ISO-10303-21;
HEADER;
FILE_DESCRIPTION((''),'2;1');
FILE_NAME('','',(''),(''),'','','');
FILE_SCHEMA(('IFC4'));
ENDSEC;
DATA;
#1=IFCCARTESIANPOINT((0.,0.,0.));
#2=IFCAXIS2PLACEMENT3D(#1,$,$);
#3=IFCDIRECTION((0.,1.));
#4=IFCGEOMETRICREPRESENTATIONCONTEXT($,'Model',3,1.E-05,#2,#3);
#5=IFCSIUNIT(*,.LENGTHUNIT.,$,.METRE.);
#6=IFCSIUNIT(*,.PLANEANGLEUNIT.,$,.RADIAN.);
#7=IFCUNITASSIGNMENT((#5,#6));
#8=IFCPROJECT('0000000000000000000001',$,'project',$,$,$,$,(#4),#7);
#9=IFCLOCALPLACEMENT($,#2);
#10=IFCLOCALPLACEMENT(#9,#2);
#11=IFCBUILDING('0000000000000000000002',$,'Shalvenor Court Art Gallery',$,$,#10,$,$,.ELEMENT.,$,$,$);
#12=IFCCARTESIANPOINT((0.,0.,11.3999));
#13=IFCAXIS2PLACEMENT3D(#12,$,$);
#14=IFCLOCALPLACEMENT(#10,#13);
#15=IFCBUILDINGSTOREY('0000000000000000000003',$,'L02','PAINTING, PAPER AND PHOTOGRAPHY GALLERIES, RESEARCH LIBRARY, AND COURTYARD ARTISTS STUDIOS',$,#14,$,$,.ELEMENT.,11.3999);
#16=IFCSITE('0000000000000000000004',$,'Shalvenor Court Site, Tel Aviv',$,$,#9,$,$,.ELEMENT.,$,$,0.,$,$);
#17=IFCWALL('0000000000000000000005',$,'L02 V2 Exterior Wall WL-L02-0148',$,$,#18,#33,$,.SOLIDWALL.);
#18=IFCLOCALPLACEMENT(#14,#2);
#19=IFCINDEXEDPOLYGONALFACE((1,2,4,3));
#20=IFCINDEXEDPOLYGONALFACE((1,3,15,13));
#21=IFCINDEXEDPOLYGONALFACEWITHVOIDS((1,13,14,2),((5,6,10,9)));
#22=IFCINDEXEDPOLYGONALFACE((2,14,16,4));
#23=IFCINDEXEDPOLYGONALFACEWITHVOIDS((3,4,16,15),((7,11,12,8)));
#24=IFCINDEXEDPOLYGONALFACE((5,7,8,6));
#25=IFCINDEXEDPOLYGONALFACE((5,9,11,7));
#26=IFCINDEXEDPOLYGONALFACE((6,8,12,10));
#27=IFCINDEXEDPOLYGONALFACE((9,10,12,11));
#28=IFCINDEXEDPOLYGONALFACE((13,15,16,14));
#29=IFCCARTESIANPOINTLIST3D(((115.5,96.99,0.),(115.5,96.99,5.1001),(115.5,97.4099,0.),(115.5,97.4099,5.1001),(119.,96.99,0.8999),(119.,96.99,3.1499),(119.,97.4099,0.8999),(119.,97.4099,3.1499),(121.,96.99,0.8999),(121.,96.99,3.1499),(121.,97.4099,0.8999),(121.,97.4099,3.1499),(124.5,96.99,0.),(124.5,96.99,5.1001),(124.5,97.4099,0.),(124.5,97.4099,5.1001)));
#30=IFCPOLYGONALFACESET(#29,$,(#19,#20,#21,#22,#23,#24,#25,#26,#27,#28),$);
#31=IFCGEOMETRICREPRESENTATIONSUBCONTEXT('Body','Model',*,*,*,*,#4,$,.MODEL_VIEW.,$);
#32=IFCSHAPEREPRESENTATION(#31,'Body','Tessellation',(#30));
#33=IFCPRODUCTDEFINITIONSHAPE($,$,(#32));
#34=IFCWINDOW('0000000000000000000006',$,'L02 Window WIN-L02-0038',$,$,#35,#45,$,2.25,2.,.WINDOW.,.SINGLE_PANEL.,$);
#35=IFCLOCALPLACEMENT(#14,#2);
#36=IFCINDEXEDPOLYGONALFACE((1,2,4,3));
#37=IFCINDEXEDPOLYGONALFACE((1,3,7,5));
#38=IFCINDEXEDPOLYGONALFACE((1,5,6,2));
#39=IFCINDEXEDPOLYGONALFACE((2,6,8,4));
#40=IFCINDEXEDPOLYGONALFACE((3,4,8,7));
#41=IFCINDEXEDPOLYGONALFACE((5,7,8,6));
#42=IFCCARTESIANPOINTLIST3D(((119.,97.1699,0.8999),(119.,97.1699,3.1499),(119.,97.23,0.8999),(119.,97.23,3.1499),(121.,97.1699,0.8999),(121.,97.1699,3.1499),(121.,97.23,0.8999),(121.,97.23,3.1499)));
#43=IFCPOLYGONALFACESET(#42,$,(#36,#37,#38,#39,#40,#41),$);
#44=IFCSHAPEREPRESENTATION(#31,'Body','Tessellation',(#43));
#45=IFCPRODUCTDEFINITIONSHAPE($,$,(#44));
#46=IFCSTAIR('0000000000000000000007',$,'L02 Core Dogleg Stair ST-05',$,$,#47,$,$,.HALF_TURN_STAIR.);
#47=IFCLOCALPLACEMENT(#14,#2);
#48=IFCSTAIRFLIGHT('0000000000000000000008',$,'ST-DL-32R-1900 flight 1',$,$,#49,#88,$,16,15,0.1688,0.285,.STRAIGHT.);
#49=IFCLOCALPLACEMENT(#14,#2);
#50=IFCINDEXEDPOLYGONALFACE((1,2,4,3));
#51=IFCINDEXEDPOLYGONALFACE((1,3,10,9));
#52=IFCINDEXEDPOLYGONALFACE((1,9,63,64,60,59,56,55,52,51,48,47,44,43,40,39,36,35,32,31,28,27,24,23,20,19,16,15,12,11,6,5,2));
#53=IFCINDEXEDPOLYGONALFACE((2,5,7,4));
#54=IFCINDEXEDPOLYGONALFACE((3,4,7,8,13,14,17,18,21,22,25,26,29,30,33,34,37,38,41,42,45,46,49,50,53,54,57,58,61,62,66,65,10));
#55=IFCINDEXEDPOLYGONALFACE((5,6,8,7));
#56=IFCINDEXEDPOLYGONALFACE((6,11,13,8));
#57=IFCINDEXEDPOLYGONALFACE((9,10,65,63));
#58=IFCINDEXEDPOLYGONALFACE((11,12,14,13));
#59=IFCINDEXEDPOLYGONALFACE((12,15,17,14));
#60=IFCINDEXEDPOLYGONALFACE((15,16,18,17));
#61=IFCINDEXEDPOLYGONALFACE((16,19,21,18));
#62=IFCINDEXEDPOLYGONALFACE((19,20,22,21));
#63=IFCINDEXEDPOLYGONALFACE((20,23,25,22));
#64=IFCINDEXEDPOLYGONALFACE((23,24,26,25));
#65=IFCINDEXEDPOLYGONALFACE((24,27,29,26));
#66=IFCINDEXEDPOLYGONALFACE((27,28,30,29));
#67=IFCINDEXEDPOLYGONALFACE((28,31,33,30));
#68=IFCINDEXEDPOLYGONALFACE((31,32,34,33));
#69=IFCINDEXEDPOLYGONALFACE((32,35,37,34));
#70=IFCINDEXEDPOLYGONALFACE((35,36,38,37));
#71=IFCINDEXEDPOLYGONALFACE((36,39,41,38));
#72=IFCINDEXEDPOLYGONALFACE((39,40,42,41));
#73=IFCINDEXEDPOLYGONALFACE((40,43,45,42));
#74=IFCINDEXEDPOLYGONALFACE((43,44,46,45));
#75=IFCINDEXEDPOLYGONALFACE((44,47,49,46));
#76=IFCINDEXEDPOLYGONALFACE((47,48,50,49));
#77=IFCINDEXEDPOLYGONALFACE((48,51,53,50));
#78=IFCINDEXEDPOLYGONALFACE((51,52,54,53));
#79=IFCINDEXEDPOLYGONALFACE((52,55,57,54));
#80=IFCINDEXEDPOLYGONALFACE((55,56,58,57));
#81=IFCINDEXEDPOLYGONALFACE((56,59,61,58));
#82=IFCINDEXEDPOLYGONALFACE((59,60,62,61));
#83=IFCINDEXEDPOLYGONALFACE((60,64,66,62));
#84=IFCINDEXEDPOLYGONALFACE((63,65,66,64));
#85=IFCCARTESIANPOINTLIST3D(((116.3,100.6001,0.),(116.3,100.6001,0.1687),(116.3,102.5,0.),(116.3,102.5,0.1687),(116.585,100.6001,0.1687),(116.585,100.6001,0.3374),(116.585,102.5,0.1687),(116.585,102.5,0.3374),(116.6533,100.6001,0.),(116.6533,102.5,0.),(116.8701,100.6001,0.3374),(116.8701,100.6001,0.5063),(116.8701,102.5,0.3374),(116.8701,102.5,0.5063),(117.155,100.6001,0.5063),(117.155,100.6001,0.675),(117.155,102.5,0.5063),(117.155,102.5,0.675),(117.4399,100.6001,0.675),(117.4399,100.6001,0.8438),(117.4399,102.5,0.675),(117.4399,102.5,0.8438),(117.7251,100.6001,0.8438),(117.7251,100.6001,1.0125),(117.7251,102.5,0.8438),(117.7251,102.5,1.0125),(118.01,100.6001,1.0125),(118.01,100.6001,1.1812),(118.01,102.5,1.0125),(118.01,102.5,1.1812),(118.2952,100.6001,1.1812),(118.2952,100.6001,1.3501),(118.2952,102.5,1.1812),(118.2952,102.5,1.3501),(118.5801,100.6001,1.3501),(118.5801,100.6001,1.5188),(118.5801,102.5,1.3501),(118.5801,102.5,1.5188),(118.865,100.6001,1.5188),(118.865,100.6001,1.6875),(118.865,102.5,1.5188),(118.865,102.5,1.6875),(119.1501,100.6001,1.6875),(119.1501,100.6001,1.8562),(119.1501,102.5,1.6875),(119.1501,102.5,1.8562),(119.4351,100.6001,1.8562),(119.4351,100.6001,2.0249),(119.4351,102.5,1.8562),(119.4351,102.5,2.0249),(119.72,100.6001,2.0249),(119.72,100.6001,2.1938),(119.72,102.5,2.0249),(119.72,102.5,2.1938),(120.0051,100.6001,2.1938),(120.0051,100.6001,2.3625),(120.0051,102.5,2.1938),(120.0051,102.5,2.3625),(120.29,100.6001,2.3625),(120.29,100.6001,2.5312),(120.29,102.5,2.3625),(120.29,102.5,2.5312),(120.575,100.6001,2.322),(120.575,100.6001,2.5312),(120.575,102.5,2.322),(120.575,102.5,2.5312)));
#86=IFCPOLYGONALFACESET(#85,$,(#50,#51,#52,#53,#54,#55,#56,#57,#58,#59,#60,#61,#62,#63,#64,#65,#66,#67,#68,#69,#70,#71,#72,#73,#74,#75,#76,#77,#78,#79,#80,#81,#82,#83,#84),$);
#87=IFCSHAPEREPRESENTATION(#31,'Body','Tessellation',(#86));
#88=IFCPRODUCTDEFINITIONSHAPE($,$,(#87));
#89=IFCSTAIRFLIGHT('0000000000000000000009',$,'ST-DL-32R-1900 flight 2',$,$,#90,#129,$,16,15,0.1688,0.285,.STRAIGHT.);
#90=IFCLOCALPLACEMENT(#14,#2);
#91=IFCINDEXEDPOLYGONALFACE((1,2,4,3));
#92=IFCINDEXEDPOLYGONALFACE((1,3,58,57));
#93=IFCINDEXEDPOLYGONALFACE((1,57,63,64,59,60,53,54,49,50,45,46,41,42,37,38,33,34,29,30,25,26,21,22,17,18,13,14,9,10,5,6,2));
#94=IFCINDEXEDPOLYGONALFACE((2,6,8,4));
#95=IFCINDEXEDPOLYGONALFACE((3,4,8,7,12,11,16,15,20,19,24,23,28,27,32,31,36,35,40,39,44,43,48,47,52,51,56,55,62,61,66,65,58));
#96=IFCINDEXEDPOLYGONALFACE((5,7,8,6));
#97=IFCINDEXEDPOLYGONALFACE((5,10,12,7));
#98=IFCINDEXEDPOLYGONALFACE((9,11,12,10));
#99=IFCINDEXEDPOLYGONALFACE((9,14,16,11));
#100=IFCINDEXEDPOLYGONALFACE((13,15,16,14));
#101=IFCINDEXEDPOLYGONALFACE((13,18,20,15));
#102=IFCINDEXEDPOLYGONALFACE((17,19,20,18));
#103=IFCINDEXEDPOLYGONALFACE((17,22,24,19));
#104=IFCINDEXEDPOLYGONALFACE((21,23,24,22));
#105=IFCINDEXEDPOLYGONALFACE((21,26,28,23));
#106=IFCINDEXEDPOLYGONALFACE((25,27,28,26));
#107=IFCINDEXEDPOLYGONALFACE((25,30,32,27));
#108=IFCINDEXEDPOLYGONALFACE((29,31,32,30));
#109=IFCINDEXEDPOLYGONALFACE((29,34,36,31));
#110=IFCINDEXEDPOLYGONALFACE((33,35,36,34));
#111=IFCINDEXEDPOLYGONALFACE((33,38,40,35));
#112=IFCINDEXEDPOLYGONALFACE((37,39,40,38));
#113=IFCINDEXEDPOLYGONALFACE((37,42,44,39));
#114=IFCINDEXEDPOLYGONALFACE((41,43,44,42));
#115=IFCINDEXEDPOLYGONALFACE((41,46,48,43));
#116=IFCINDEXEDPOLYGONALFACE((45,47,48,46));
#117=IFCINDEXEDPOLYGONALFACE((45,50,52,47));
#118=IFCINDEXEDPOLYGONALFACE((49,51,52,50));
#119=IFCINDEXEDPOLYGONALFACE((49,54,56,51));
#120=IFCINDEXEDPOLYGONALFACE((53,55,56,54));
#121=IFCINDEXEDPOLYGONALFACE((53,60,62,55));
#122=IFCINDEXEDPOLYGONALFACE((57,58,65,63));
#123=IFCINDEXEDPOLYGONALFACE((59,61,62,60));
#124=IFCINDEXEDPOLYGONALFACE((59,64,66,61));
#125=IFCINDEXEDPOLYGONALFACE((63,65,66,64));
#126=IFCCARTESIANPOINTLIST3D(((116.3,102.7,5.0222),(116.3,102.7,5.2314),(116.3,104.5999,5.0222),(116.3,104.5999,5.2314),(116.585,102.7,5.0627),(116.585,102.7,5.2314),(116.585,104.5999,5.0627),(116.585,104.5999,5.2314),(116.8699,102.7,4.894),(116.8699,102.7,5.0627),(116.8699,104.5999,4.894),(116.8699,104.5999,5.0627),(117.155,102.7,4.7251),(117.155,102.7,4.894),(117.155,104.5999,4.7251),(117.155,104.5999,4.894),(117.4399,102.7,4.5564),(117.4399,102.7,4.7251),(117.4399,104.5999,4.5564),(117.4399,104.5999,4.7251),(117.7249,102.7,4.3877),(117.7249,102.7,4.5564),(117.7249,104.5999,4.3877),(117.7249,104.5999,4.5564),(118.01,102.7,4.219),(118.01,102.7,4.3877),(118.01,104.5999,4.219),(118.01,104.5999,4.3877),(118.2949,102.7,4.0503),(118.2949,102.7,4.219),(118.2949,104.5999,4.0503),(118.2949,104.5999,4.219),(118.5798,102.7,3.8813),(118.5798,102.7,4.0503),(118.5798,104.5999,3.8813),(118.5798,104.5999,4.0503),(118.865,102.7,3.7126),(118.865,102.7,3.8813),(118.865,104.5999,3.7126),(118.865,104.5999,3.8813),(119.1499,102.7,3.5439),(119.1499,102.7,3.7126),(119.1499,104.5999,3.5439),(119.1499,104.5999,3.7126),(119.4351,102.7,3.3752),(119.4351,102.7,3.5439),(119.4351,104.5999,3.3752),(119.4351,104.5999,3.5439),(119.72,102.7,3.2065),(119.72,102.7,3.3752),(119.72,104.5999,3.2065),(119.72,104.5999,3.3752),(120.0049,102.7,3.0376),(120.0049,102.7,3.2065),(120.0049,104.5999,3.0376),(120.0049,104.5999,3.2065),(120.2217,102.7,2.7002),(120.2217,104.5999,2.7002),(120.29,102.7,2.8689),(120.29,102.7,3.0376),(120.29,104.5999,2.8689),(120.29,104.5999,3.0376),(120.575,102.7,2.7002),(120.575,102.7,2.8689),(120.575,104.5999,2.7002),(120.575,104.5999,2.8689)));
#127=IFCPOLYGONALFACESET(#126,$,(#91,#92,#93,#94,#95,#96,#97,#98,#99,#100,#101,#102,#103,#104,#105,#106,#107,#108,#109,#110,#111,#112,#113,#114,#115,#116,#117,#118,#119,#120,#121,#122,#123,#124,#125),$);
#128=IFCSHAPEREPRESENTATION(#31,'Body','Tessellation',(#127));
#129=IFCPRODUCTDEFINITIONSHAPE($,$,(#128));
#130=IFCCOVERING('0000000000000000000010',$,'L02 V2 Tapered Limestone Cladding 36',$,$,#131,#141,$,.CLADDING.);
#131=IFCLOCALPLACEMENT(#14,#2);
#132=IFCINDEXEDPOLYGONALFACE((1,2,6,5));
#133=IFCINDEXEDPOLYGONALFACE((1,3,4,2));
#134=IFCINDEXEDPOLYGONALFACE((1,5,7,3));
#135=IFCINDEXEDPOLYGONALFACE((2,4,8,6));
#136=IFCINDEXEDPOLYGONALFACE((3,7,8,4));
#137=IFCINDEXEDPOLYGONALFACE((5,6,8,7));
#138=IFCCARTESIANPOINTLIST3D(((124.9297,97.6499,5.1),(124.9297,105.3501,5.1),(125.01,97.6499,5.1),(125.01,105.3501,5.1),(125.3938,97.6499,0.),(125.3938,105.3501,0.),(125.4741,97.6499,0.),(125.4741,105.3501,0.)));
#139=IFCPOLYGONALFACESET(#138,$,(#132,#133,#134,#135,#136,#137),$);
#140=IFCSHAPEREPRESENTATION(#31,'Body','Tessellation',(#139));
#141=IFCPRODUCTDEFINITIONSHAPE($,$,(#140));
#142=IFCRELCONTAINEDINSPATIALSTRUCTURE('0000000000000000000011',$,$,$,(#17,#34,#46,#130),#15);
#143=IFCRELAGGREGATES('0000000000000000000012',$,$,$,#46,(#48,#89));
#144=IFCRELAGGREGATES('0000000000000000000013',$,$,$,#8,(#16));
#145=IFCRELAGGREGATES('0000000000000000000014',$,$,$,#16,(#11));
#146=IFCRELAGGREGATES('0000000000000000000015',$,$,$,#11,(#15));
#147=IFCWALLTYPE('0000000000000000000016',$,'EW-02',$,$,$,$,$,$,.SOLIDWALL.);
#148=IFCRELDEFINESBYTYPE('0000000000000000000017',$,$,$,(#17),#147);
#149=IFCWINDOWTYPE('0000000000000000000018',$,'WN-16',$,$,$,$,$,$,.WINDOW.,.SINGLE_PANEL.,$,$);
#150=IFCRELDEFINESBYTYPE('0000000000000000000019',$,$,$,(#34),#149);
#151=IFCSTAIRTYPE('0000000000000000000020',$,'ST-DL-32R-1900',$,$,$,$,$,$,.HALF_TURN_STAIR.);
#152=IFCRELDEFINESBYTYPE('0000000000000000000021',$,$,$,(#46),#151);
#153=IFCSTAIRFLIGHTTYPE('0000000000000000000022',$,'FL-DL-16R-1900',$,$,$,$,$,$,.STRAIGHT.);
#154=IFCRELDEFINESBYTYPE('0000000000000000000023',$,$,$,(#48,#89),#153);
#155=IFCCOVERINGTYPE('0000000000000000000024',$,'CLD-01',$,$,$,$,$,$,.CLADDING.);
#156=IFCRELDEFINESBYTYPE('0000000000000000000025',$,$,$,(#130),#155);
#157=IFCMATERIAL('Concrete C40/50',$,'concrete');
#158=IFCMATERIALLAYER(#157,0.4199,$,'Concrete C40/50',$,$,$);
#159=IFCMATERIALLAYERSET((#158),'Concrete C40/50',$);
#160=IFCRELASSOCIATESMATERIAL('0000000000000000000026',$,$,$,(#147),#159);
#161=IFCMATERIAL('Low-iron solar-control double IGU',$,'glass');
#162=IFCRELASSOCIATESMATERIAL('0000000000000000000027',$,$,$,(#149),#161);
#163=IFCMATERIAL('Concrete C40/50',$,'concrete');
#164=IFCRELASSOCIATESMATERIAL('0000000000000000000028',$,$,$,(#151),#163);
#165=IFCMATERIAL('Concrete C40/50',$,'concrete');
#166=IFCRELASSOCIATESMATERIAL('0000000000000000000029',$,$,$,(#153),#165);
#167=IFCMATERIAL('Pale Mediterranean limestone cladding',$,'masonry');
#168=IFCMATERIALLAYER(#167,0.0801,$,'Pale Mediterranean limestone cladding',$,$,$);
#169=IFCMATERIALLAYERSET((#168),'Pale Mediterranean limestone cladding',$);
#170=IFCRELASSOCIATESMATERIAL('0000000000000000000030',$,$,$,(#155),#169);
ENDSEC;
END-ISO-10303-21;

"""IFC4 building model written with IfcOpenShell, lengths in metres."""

from ifc_helpers import new_model, si_unit, direction, frame, frame_2d, origin, place, context, subcontext, project, spatial, polyline, rectangle, outline, extrude, material, layer, layer_set, type_object, element, fill, aggregate, save


model = new_model("IFC4")

# Units and contexts
model_context = context("Model", 3, precision=1e-05, world=origin(), true_north=direction((0.0, 1.0)))
body_context = subcontext(model_context, "Body", "Model", "MODEL_VIEW")
ifc_project = project(units=[si_unit("LENGTHUNIT", "METRE"), si_unit("PLANEANGLEUNIT", "RADIAN")], contexts=[model_context])

# Site, building, storey
site_placement = place(None, origin())
site = spatial("IfcSite", under=ifc_project, at=site_placement, Name="Shalvenor Court Site, Tel Aviv", CompositionType="ELEMENT", RefElevation=0.0)
building_placement = place(site_placement, origin())
building = spatial("IfcBuilding", under=site, at=building_placement, Name="Shalvenor Court Art Gallery", CompositionType="ELEMENT")
storey_placement = place(building_placement, frame((0.0, 0.0, 11.3999)))
storey = spatial("IfcBuildingStorey", under=building, at=storey_placement, Name="L02", Description="PAINTING, PAPER AND PHOTOGRAPHY GALLERIES, RESEARCH LIBRARY, AND COURTYARD ARTISTS STUDIOS", CompositionType="ELEMENT", Elevation=11.3999)

# Wall, opening, window
ifc_material_1 = material(Name="Concrete C40/50", Category="concrete")
ifc_layer_1 = layer(ifc_material_1, 0.4199, Name="Concrete C40/50")
ifc_layer_set_1 = layer_set([ifc_layer_1], Name="Concrete C40/50")
wall_type_1 = type_object("IfcWallType", Name="EW-02", PredefinedType="SOLIDWALL", material=ifc_layer_set_1)
wall_1_placement = place(storey_placement, frame((124.5, 97.2, 0.0), z_axis=(0.0, 0.0, 1.0), x_axis=(-1.0, 0.0, 0.0)))
wall_1 = element("IfcWall", 1, at=wall_1_placement, inside=storey, type_object=wall_type_1, Name="L02 V2 Exterior Wall WL-L02-0148", PredefinedType="SOLIDWALL", context=body_context, shape_type="SweptSolid", body=[
    extrude(rectangle(XDim=9.0, YDim=0.4199, at=frame_2d((4.5, 0.0))), origin(), (0.0, 0.0, 1.0), 5.1001),
])
opening_placement = place(wall_1_placement, frame((3.5, 0.0, 0.8999)))
opening = element("IfcOpeningElement", 2, at=opening_placement, cuts=wall_1, PredefinedType="OPENING", context=body_context, shape_type="SweptSolid", body=[
    extrude(rectangle(XDim=2.0, YDim=2.25, at=frame_2d((1.0, 1.125))), frame((0.0, 0.22, 0.0), z_axis=(0.0, -1.0, 0.0), x_axis=(1.0, 0.0, 0.0)), (0.0, 0.0, 1.0), 0.4399),
])
ifc_material_2 = material(Name="Low-iron solar-control double IGU", Category="glass")
window_type = type_object("IfcWindowType", Name="WN-16", PartitioningType="SINGLE_PANEL", PredefinedType="WINDOW", material=ifc_material_2)
window_placement = place(opening_placement, origin())
window = element("IfcWindow", 3, at=window_placement, inside=storey, type_object=window_type, Name="L02 Window WIN-L02-0038", OverallHeight=2.25, OverallWidth=2.0, PartitioningType="SINGLE_PANEL", PredefinedType="WINDOW", context=body_context, shape_type="SweptSolid", body=[
    extrude(rectangle(XDim=2.0, YDim=2.25, at=frame_2d((1.0, 1.125))), frame((0.0, 0.03, 0.0), z_axis=(0.0, -1.0, 0.0), x_axis=(1.0, 0.0, 0.0)), (0.0, 0.0, 1.0), 0.0601),
])
fill(opening, window)

# Stair, stair flights
ifc_material_3 = material(Name="Concrete C40/50", Category="concrete")
stair_type = type_object("IfcStairType", Name="ST-DL-32R-1900", PredefinedType="HALF_TURN_STAIR", material=ifc_material_3)
stair_placement = place(storey_placement, origin())
stair = element("IfcStair", 4, at=stair_placement, inside=storey, type_object=stair_type, Name="L02 Core Dogleg Stair ST-05", PredefinedType="HALF_TURN_STAIR")
ifc_material_4 = material(Name="Concrete C40/50", Category="concrete")
stair_flight_type = type_object("IfcStairFlightType", Name="FL-DL-16R-1900", PredefinedType="STRAIGHT", material=ifc_material_4)
stair_flight_1_placement = place(storey_placement, frame((116.3, 101.55, 0.0), z_axis=(0.0, 0.0, 1.0), x_axis=(1.0, 0.0, 0.0)))
stair_flight_1 = element("IfcStairFlight", 5, at=stair_flight_1_placement, type_object=stair_flight_type, Name="ST-DL-32R-1900 flight 1", NumberOfRisers=16, NumberOfTreads=15, PredefinedType="STRAIGHT", RiserHeight=0.1688, TreadLength=0.285, context=body_context, shape_type="SweptSolid", body=[
    extrude(outline(polyline([(0.0, 0.0), (0.0, 0.1687), (0.2849, 0.1687), (0.2849, 0.3374), (0.5701, 0.3374), (0.5701, 0.5063), (0.855, 0.5063), (0.855, 0.675), (1.1399, 0.675), (1.1399, 0.8438), (1.425, 0.8438), (1.425, 1.0125), (1.71, 1.0125), (1.71, 1.1812), (1.9951, 1.1812), (1.9951, 1.3501), (2.28, 1.3501), (2.28, 1.5188), (2.5649, 1.5188), (2.5649, 1.6875), (2.8501, 1.6875), (2.8501, 1.8562), (3.135, 1.8562), (3.135, 2.0249), (3.4199, 2.0249), (3.4199, 2.1938), (3.7051, 2.1938), (3.7051, 2.3625), (3.99, 2.3625), (3.99, 2.5312), (4.2749, 2.5312), (4.2749, 2.7), (4.2749, 2.322), (0.3533, 0.0), (0.0, 0.0)])), frame((0.0, 0.95, 0.0), z_axis=(0.0, -1.0, 0.0), x_axis=(1.0, 0.0, 0.0)), (0.0, 0.0, 1.0), 1.8999),
])
stair_flight_2_placement = place(storey_placement, frame((120.575, 103.6499, 2.7002), z_axis=(0.0, 0.0, 1.0), x_axis=(-1.0, 0.0, 0.0)))
stair_flight_2 = element("IfcStairFlight", 6, at=stair_flight_2_placement, type_object=stair_flight_type, Name="ST-DL-32R-1900 flight 2", NumberOfRisers=16, NumberOfTreads=15, PredefinedType="STRAIGHT", RiserHeight=0.1688, TreadLength=0.285, context=body_context, shape_type="SweptSolid", body=[
    extrude(outline(polyline([(0.0, 0.0), (0.0, 0.1687), (0.2849, 0.1687), (0.2849, 0.3374), (0.5701, 0.3374), (0.5701, 0.5063), (0.855, 0.5063), (0.855, 0.675), (1.1399, 0.675), (1.1399, 0.8438), (1.425, 0.8438), (1.425, 1.0125), (1.71, 1.0125), (1.71, 1.1812), (1.9951, 1.1812), (1.9951, 1.3501), (2.28, 1.3501), (2.28, 1.5188), (2.5649, 1.5188), (2.5649, 1.6875), (2.8501, 1.6875), (2.8501, 1.8562), (3.135, 1.8562), (3.135, 2.0249), (3.4199, 2.0249), (3.4199, 2.1938), (3.7051, 2.1938), (3.7051, 2.3625), (3.99, 2.3625), (3.99, 2.5312), (4.2749, 2.5312), (4.2749, 2.7), (4.2749, 2.322), (0.3533, 0.0), (0.0, 0.0)])), frame((0.0, 0.95, 0.0), z_axis=(0.0, -1.0, 0.0), x_axis=(1.0, 0.0, 0.0)), (0.0, 0.0, 1.0), 1.8999),
])
aggregate(stair, [stair_flight_1, stair_flight_2])

# Covering
ifc_material_5 = material(Name="Pale Mediterranean limestone cladding", Category="masonry")
ifc_layer_2 = layer(ifc_material_5, 0.0801, Name="Pale Mediterranean limestone cladding")
ifc_layer_set_2 = layer_set([ifc_layer_2], Name="Pale Mediterranean limestone cladding")
covering_type = type_object("IfcCoveringType", Name="CLD-01", PredefinedType="CLADDING", material=ifc_layer_set_2)
covering_placement = place(storey_placement, frame((125.4741, 97.6499, 0.0), z_axis=(0.0, 0.0, 1.0), x_axis=(0.0, 1.0, 0.0)))
element("IfcCovering", 7, at=covering_placement, inside=storey, type_object=covering_type, Name="L02 V2 Tapered Limestone Cladding 36", PredefinedType="CLADDING", context=body_context, shape_type="SweptSolid", body=[
    extrude(outline(polyline([(0.0, 0.0), (7.7002, 0.0), (7.7002, 5.1211), (0.0, 5.1211), (0.0, 0.0)])), frame((0.0, 0.0, 0.0), z_axis=(0.0, -0.995884, 0.090633), x_axis=(1.0, 0.0, 0.0)), (0.0, 0.090633, -0.995884), 0.0803),
])

save(model, "model.ifc")
